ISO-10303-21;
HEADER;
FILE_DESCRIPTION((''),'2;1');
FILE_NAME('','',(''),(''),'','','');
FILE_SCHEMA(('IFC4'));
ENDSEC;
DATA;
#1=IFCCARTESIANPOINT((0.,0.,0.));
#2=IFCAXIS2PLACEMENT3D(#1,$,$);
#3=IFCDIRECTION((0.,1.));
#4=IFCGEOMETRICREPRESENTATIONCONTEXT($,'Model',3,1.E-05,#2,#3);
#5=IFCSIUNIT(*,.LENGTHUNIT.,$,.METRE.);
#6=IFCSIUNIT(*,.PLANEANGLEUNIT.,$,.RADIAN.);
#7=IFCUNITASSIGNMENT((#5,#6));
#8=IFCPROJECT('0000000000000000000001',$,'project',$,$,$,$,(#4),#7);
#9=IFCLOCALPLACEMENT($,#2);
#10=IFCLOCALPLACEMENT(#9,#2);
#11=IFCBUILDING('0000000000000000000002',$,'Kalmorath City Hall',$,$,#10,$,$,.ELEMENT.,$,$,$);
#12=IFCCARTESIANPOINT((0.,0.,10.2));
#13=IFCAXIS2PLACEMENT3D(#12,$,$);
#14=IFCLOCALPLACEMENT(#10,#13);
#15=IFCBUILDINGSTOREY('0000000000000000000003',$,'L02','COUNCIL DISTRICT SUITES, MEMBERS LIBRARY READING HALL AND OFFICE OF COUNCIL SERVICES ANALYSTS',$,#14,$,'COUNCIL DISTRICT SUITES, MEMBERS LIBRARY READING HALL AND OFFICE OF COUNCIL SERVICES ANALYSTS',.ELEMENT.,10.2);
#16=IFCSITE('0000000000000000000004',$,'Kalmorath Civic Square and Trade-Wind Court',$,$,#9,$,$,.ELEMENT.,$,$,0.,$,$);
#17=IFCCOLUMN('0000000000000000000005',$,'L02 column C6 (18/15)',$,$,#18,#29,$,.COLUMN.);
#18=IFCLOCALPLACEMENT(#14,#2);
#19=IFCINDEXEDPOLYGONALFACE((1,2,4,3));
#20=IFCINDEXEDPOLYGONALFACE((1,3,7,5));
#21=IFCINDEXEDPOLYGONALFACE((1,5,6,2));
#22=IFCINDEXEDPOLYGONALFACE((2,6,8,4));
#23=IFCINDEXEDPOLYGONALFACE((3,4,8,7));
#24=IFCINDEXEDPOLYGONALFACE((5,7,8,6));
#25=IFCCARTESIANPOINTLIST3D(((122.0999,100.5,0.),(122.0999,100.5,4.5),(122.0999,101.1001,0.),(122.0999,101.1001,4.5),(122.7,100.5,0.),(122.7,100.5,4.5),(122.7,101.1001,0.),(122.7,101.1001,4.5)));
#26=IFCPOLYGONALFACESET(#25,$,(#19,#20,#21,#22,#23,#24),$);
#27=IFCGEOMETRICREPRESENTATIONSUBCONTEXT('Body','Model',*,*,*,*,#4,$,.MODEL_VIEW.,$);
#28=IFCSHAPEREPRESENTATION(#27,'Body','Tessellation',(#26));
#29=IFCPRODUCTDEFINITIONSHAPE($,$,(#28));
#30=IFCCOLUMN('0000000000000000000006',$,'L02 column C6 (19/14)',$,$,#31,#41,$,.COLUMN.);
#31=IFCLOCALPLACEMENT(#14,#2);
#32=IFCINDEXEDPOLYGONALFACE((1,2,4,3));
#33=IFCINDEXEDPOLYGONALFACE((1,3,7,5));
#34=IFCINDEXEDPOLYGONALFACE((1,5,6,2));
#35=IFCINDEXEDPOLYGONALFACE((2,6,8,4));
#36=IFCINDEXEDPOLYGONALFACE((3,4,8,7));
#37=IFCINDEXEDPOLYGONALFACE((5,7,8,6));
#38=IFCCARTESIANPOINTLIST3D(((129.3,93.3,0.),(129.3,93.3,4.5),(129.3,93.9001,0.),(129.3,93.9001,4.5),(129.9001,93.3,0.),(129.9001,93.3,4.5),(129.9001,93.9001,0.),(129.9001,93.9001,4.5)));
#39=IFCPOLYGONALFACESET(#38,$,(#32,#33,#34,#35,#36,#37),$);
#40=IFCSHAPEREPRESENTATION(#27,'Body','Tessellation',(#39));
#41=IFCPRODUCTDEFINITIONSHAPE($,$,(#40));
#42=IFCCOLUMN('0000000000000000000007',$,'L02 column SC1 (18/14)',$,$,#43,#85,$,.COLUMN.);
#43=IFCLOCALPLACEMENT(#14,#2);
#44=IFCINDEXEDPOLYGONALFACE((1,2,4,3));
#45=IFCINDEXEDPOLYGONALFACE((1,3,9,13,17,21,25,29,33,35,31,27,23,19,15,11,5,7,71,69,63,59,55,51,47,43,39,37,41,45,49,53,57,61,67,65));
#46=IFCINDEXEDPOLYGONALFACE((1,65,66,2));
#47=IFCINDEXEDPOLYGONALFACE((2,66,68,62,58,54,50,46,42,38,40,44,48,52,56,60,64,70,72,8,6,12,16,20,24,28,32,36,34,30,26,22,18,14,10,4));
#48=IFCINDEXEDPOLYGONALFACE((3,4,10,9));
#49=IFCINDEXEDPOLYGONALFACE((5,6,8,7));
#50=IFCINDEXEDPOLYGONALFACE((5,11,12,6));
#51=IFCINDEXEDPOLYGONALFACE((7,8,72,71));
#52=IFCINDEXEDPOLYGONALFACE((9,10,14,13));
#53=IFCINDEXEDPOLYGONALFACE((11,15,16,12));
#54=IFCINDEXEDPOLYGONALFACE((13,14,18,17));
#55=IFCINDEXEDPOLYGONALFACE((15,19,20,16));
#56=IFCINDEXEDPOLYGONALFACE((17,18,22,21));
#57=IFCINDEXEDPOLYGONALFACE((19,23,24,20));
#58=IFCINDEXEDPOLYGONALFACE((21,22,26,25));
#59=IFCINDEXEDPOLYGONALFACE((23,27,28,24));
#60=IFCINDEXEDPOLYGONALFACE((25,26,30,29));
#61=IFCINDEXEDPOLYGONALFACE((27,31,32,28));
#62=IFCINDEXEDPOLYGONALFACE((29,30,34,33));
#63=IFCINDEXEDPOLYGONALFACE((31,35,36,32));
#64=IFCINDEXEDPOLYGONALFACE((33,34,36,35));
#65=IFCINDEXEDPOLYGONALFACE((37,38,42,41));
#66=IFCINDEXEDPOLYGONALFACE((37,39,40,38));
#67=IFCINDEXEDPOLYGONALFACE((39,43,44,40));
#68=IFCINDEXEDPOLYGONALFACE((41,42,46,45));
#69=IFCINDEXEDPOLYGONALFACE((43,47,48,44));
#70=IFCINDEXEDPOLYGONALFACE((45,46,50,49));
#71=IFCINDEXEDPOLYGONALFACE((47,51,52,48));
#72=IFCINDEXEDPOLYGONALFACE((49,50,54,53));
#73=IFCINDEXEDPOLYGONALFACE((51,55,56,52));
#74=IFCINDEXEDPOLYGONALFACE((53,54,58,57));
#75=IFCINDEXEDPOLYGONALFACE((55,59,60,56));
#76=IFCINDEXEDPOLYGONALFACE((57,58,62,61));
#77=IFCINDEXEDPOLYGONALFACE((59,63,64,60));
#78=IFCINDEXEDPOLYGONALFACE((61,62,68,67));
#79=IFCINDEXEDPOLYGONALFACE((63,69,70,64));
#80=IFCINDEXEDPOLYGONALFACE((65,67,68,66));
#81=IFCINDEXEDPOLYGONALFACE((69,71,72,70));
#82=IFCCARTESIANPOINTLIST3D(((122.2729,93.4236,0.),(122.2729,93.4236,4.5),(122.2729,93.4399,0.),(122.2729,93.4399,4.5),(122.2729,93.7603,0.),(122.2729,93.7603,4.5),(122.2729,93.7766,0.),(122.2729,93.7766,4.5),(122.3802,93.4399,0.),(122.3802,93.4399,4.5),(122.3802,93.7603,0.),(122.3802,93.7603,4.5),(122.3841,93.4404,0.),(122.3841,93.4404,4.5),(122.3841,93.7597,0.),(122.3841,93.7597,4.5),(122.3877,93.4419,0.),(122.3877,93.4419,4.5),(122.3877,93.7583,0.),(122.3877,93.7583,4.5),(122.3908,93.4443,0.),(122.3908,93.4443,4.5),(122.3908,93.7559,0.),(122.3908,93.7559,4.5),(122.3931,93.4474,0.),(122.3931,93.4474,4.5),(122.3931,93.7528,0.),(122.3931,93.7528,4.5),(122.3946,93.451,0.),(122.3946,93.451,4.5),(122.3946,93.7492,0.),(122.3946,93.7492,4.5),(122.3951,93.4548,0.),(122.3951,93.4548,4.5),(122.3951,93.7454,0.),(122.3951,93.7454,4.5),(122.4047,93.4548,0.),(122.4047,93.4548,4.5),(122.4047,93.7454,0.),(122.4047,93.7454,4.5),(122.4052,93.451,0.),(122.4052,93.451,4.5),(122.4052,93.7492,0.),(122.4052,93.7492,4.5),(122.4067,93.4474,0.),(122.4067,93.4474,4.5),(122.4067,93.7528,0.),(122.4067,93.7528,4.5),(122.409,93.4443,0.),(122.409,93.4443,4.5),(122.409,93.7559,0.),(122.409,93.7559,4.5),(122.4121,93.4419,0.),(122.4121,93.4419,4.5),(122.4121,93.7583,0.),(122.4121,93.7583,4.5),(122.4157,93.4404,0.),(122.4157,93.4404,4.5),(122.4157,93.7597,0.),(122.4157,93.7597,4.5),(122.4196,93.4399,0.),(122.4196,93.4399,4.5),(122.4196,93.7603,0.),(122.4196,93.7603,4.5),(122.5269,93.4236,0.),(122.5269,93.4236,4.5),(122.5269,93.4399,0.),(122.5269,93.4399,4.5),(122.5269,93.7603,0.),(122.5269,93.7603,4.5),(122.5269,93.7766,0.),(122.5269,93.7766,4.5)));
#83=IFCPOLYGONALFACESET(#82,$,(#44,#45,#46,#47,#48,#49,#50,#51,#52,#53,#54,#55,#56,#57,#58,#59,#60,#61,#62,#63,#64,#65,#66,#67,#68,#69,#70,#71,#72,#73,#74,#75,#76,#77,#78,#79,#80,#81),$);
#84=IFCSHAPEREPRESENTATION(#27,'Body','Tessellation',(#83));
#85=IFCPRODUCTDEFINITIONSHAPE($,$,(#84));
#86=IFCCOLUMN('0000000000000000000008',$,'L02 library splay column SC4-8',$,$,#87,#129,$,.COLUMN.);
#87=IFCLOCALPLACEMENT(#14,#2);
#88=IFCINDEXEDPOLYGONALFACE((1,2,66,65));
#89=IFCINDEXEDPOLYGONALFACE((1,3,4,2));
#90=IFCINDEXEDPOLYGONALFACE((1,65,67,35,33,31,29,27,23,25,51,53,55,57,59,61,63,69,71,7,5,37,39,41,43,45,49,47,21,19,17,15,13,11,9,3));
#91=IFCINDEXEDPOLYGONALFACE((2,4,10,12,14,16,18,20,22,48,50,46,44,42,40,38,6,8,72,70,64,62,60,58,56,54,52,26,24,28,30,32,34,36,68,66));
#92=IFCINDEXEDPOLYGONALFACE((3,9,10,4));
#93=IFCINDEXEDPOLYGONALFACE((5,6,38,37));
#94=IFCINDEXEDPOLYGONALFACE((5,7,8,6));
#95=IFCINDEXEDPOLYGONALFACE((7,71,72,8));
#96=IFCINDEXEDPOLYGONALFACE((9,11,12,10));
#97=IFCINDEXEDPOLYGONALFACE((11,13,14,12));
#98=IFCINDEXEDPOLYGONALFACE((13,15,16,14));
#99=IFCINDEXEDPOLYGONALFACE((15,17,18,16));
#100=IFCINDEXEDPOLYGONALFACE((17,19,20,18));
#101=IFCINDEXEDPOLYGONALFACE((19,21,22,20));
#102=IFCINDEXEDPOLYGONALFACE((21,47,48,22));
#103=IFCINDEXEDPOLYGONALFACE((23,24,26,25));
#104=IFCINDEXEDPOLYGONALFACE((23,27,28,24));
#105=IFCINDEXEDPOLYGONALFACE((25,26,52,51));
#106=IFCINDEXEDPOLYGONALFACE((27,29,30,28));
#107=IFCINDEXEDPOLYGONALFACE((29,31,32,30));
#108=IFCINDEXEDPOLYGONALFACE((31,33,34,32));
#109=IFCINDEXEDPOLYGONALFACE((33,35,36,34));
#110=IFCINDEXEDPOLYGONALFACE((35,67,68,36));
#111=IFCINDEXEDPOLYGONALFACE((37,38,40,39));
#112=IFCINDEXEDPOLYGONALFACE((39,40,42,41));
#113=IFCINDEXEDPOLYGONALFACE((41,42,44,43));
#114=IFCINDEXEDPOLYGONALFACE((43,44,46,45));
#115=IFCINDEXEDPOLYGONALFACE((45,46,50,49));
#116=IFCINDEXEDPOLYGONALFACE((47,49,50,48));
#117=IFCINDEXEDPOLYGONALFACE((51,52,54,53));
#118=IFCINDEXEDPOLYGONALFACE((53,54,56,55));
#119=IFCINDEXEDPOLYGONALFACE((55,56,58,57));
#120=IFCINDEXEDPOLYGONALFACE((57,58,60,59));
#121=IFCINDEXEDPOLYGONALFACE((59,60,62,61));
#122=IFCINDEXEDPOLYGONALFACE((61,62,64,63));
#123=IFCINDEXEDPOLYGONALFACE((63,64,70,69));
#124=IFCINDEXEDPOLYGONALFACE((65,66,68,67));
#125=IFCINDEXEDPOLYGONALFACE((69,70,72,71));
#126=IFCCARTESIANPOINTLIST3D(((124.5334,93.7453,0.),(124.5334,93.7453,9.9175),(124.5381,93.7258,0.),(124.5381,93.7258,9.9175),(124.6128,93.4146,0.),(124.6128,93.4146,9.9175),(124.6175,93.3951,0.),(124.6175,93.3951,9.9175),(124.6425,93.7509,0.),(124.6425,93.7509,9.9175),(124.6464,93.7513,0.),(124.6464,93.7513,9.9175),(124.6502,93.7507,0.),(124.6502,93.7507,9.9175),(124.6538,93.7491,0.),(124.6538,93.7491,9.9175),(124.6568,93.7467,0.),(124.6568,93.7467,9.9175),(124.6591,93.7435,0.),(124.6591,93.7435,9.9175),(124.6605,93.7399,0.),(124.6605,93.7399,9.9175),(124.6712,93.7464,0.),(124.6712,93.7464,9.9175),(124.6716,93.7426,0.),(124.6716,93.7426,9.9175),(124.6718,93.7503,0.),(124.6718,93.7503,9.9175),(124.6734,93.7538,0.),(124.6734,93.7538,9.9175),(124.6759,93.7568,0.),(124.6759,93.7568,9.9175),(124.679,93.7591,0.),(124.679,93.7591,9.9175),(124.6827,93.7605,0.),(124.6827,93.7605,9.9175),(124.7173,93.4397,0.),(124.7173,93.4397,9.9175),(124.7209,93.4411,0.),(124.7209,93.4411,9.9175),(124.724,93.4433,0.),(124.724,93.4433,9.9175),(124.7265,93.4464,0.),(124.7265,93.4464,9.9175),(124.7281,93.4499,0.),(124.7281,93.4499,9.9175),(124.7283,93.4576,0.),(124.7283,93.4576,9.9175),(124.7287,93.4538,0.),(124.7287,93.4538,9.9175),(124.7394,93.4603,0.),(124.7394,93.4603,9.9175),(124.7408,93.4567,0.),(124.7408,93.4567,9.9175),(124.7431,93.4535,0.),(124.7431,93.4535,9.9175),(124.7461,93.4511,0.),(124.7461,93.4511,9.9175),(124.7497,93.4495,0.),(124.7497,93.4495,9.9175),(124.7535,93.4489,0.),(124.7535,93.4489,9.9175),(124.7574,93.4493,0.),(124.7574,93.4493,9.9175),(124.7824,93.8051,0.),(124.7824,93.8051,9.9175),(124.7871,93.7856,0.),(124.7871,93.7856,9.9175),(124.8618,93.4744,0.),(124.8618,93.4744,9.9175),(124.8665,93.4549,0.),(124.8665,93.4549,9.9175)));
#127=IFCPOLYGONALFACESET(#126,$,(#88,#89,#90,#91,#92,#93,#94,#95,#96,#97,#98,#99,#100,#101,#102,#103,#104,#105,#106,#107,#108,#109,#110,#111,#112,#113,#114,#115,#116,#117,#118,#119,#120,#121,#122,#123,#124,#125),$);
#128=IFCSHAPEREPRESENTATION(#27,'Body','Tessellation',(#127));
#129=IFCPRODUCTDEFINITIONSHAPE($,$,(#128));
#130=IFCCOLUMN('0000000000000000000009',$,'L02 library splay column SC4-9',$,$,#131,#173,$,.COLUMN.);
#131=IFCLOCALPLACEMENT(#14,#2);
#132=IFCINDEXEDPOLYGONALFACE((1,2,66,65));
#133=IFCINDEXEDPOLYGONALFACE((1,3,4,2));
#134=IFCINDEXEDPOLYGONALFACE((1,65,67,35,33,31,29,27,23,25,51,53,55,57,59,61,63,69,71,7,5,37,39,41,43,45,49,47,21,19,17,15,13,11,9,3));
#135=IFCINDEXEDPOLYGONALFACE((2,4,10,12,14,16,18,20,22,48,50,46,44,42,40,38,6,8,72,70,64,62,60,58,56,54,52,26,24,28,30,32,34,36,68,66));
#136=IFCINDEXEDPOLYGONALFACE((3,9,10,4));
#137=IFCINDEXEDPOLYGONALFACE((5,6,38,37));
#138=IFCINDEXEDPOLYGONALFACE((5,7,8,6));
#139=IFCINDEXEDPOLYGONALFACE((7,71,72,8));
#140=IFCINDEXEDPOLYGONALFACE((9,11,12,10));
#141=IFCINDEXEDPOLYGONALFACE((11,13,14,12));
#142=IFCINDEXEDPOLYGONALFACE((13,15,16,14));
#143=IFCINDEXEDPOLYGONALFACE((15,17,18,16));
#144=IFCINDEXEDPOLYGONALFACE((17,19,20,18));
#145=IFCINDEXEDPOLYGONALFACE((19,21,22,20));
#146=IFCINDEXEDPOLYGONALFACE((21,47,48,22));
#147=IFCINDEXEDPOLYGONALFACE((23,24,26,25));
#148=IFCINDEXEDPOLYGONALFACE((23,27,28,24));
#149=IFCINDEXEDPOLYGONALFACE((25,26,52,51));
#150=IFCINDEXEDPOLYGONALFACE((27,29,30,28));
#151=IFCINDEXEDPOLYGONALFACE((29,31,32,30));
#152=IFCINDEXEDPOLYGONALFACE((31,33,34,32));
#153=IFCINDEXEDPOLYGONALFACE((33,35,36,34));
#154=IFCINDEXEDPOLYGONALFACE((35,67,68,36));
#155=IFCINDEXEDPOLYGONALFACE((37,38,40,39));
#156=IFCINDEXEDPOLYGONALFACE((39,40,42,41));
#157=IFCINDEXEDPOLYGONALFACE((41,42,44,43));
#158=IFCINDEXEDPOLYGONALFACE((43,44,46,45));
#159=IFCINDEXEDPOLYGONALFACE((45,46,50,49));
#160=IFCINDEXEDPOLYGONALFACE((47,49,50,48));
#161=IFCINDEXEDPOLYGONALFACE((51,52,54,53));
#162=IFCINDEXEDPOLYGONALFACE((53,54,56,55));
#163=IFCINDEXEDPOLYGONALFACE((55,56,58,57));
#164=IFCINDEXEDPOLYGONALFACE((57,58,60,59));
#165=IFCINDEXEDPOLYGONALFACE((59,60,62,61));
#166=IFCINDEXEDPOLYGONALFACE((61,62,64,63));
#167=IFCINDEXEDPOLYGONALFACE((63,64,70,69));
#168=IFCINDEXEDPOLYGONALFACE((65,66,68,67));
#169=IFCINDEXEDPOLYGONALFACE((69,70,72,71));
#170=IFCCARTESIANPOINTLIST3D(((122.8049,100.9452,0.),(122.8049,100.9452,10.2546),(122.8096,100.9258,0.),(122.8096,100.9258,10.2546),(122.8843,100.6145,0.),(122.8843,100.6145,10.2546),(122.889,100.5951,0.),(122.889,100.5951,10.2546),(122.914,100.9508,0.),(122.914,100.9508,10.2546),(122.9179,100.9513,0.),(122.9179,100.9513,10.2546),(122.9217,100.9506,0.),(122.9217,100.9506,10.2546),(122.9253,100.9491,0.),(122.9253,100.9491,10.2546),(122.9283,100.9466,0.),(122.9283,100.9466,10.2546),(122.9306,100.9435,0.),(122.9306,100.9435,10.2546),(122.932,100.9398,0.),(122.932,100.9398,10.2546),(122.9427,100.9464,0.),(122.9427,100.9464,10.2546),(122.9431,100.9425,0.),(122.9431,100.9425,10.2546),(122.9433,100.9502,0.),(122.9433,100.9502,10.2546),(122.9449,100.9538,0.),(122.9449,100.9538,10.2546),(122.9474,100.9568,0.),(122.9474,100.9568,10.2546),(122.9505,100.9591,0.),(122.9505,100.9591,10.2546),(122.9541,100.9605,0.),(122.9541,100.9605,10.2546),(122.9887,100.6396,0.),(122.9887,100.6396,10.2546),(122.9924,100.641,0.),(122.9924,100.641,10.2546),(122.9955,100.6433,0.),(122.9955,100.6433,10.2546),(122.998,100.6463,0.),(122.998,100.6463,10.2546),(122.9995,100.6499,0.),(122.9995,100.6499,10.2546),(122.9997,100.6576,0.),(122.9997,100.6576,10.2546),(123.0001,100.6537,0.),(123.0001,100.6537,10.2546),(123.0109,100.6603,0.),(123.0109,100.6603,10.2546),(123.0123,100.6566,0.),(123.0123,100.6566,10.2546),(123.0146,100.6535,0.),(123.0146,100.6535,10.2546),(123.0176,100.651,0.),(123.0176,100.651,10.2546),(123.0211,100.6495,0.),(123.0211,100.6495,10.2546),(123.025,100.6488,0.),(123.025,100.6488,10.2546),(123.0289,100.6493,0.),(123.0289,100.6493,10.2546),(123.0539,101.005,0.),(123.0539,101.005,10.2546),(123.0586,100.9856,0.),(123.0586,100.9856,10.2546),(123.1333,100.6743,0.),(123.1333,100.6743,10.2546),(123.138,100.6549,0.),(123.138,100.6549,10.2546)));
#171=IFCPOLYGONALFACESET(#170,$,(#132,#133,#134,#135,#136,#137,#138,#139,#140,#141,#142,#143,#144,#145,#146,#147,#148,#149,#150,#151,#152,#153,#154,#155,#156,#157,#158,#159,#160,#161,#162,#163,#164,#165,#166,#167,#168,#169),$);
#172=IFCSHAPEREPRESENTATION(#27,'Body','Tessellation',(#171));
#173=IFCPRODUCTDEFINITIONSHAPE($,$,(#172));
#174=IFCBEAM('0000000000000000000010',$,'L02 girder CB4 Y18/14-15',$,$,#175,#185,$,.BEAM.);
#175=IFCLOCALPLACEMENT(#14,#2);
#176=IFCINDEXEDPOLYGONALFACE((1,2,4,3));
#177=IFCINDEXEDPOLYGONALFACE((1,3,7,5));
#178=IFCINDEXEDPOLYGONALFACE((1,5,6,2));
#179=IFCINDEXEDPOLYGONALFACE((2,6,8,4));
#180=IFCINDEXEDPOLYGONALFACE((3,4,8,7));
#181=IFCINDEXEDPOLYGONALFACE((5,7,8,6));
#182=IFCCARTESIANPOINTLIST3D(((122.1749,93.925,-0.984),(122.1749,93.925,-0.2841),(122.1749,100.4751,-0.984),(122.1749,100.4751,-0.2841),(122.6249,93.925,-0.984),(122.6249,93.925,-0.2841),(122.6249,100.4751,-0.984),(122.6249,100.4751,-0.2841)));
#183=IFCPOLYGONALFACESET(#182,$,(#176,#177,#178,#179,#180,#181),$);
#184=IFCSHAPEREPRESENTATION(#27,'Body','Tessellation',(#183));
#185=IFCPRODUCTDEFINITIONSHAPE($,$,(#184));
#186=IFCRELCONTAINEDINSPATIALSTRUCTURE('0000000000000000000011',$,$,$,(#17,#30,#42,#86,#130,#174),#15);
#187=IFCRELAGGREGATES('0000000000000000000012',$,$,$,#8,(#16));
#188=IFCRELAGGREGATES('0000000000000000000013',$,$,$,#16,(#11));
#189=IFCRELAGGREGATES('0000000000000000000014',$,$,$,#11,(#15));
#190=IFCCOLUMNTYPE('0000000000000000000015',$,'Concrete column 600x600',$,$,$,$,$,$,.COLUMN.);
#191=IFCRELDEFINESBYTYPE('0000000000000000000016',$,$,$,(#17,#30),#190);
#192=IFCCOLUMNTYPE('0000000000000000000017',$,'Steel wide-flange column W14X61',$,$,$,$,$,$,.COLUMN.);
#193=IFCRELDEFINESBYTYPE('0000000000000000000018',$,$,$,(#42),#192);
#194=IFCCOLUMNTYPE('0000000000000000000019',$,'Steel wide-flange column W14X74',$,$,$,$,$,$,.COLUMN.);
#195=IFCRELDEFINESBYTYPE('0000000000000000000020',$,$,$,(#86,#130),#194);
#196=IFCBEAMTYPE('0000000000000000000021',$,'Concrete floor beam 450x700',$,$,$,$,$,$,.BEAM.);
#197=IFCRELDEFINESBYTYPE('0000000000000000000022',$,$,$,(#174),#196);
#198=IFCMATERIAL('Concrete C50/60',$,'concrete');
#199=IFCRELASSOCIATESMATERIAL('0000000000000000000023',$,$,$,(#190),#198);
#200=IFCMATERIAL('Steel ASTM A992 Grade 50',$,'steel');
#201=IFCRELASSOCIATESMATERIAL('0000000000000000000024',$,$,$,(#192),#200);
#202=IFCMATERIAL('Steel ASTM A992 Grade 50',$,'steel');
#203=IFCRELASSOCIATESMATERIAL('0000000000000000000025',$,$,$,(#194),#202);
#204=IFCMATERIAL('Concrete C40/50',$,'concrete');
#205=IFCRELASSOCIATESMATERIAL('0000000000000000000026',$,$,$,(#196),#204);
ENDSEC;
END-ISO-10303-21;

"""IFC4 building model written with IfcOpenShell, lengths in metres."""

from ifc_helpers import new_model, si_unit, direction, frame, origin, origin_2d, place, context, subcontext, project, spatial, rectangle, i_section, extrude, material, material_profile, profile_set, type_object, element, save


model = new_model("IFC4")

# Units and contexts
model_context = context("Model", 3, precision=1e-05, world=origin(), true_north=direction((0.0, 1.0)))
body_context = subcontext(model_context, "Body", "Model", "MODEL_VIEW")
ifc_project = project(units=[si_unit("LENGTHUNIT", "METRE"), si_unit("PLANEANGLEUNIT", "RADIAN")], contexts=[model_context])

# Site, building, storey
site_placement = place(None, origin())
site = spatial("IfcSite", under=ifc_project, at=site_placement, Name="Kalmorath Civic Square and Trade-Wind Court", CompositionType="ELEMENT", RefElevation=0.0)
building_placement = place(site_placement, origin())
building = spatial("IfcBuilding", under=site, at=building_placement, Name="Kalmorath City Hall", CompositionType="ELEMENT")
storey_placement = place(building_placement, frame((0.0, 0.0, 10.2)))
storey = spatial("IfcBuildingStorey", under=building, at=storey_placement, Name="L02", Description="COUNCIL DISTRICT SUITES, MEMBERS LIBRARY READING HALL AND OFFICE OF COUNCIL SERVICES ANALYSTS", LongName="COUNCIL DISTRICT SUITES, MEMBERS LIBRARY READING HALL AND OFFICE OF COUNCIL SERVICES ANALYSTS", CompositionType="ELEMENT", Elevation=10.2)

# Columns
ifc_material_1 = material(Name="Concrete C50/60", Category="concrete")
ifc_material_profile_1 = material_profile(ifc_material_1, rectangle(XDim=0.6001, YDim=0.6001, at=origin_2d()), Name="RC-COL-600X600")
ifc_profile_set_1 = profile_set([ifc_material_profile_1], Name="Concrete C50/60")
column_type_1 = type_object("IfcColumnType", Name="Concrete column 600x600", PredefinedType="COLUMN", material=ifc_profile_set_1)
for number, where, z_axis, x_axis, name in (
    (1, (122.3999, 100.8, 0.0), (0.0, 0.0, 1.0), (1.0, 0.0, 0.0), "L02 column C6 (18/15)"),
    (2, (129.6001, 93.6001, 0.0), (0.0, 0.0, 1.0), (1.0, 0.0, 0.0), "L02 column C6 (19/14)"),
):
    element("IfcColumn", number, at=place(storey_placement, frame(where, z_axis=z_axis, x_axis=x_axis)), inside=storey, type_object=column_type_1, Name=name, PredefinedType="COLUMN", context=body_context, shape_type="SweptSolid", body=[
        extrude(rectangle(XDim=0.6001, YDim=0.6001, at=origin_2d()), origin(), (0.0, 0.0, 1.0), 4.5),
    ])
ifc_material_2 = material(Name="Steel ASTM A992 Grade 50", Category="steel")
ifc_material_profile_2 = material_profile(ifc_material_2, i_section(OverallWidth=0.2539, OverallDepth=0.353, WebThickness=0.0095, FlangeThickness=0.0164, FilletRadius=0.0149, at=origin_2d()), Name="W14X61")
ifc_profile_set_2 = profile_set([ifc_material_profile_2], Name="Steel ASTM A992 Grade 50")
column_type_2 = type_object("IfcColumnType", Name="Steel wide-flange column W14X61", PredefinedType="COLUMN", material=ifc_profile_set_2)
column_1_placement = place(storey_placement, frame((122.3999, 93.6001, 0.0), z_axis=(0.0, 0.0, 1.0), x_axis=(1.0, 0.0, 0.0)))
element("IfcColumn", 3, at=column_1_placement, inside=storey, type_object=column_type_2, Name="L02 column SC1 (18/14)", PredefinedType="COLUMN", context=body_context, shape_type="SweptSolid", body=[
    extrude(i_section(OverallWidth=0.2539, OverallDepth=0.353, WebThickness=0.0095, FlangeThickness=0.0164, FilletRadius=0.0149, at=origin_2d()), origin(), (0.0, 0.0, 1.0), 4.5),
])
ifc_material_3 = material(Name="Steel ASTM A992 Grade 50", Category="steel")
ifc_material_profile_3 = material_profile(ifc_material_3, i_section(OverallWidth=0.2561, OverallDepth=0.3601, WebThickness=0.0115, FlangeThickness=0.02, FilletRadius=0.0149, at=origin_2d()), Name="W14X74")
ifc_profile_set_3 = profile_set([ifc_material_profile_3], Name="Steel ASTM A992 Grade 50")
column_type_3 = type_object("IfcColumnType", Name="Steel wide-flange column W14X74", PredefinedType="COLUMN", material=ifc_profile_set_3)
column_2_placement = place(storey_placement, frame((124.7, 93.6001, 0.0), z_axis=(0.0, 0.0, 1.0), x_axis=(0.97237, 0.233445, 0.0)))
element("IfcColumn", 4, at=column_2_placement, inside=storey, type_object=column_type_3, Name="L02 library splay column SC4-8", PredefinedType="COLUMN", context=body_context, shape_type="SweptSolid", body=[
    extrude(i_section(OverallWidth=0.2561, OverallDepth=0.3601, WebThickness=0.0115, FlangeThickness=0.02, FilletRadius=0.0149, at=origin_2d()), origin(), (0.0, 0.0, 1.0), 9.9175),
])
column_3_placement = place(storey_placement, frame((122.9714, 100.8, 0.0), z_axis=(0.0, 0.0, 1.0), x_axis=(0.97237, 0.233445, 0.0)))
element("IfcColumn", 5, at=column_3_placement, inside=storey, type_object=column_type_3, Name="L02 library splay column SC4-9", PredefinedType="COLUMN", context=body_context, shape_type="SweptSolid", body=[
    extrude(i_section(OverallWidth=0.2561, OverallDepth=0.3601, WebThickness=0.0115, FlangeThickness=0.02, FilletRadius=0.0149, at=origin_2d()), origin(), (0.0, 0.0, 1.0), 10.2546),
])

# Beam
ifc_material_4 = material(Name="Concrete C40/50", Category="concrete")
ifc_material_profile_4 = material_profile(ifc_material_4, rectangle(XDim=0.45, YDim=0.7, at=origin_2d()), Name="RC-BM-450X700")
ifc_profile_set_4 = profile_set([ifc_material_profile_4], Name="Concrete C40/50")
beam_type_1 = type_object("IfcBeamType", Name="Concrete floor beam 450x700", PredefinedType="BEAM", material=ifc_profile_set_4)
for number, where, z_axis, x_axis, name in (
    (6, (122.3999, 93.925, -0.634), (0.0, 1.0, 0.0), (-1.0, 0.0, 0.0), "L02 girder CB4 Y18/14-15"),
):
    element("IfcBeam", number, at=place(storey_placement, frame(where, z_axis=z_axis, x_axis=x_axis)), inside=storey, type_object=beam_type_1, Name=name, PredefinedType="BEAM", context=body_context, shape_type="SweptSolid", body=[
        extrude(rectangle(XDim=0.45, YDim=0.7, at=origin_2d()), origin(), (0.0, 0.0, 1.0), 6.55),
    ])

save(model, "model.ifc")
